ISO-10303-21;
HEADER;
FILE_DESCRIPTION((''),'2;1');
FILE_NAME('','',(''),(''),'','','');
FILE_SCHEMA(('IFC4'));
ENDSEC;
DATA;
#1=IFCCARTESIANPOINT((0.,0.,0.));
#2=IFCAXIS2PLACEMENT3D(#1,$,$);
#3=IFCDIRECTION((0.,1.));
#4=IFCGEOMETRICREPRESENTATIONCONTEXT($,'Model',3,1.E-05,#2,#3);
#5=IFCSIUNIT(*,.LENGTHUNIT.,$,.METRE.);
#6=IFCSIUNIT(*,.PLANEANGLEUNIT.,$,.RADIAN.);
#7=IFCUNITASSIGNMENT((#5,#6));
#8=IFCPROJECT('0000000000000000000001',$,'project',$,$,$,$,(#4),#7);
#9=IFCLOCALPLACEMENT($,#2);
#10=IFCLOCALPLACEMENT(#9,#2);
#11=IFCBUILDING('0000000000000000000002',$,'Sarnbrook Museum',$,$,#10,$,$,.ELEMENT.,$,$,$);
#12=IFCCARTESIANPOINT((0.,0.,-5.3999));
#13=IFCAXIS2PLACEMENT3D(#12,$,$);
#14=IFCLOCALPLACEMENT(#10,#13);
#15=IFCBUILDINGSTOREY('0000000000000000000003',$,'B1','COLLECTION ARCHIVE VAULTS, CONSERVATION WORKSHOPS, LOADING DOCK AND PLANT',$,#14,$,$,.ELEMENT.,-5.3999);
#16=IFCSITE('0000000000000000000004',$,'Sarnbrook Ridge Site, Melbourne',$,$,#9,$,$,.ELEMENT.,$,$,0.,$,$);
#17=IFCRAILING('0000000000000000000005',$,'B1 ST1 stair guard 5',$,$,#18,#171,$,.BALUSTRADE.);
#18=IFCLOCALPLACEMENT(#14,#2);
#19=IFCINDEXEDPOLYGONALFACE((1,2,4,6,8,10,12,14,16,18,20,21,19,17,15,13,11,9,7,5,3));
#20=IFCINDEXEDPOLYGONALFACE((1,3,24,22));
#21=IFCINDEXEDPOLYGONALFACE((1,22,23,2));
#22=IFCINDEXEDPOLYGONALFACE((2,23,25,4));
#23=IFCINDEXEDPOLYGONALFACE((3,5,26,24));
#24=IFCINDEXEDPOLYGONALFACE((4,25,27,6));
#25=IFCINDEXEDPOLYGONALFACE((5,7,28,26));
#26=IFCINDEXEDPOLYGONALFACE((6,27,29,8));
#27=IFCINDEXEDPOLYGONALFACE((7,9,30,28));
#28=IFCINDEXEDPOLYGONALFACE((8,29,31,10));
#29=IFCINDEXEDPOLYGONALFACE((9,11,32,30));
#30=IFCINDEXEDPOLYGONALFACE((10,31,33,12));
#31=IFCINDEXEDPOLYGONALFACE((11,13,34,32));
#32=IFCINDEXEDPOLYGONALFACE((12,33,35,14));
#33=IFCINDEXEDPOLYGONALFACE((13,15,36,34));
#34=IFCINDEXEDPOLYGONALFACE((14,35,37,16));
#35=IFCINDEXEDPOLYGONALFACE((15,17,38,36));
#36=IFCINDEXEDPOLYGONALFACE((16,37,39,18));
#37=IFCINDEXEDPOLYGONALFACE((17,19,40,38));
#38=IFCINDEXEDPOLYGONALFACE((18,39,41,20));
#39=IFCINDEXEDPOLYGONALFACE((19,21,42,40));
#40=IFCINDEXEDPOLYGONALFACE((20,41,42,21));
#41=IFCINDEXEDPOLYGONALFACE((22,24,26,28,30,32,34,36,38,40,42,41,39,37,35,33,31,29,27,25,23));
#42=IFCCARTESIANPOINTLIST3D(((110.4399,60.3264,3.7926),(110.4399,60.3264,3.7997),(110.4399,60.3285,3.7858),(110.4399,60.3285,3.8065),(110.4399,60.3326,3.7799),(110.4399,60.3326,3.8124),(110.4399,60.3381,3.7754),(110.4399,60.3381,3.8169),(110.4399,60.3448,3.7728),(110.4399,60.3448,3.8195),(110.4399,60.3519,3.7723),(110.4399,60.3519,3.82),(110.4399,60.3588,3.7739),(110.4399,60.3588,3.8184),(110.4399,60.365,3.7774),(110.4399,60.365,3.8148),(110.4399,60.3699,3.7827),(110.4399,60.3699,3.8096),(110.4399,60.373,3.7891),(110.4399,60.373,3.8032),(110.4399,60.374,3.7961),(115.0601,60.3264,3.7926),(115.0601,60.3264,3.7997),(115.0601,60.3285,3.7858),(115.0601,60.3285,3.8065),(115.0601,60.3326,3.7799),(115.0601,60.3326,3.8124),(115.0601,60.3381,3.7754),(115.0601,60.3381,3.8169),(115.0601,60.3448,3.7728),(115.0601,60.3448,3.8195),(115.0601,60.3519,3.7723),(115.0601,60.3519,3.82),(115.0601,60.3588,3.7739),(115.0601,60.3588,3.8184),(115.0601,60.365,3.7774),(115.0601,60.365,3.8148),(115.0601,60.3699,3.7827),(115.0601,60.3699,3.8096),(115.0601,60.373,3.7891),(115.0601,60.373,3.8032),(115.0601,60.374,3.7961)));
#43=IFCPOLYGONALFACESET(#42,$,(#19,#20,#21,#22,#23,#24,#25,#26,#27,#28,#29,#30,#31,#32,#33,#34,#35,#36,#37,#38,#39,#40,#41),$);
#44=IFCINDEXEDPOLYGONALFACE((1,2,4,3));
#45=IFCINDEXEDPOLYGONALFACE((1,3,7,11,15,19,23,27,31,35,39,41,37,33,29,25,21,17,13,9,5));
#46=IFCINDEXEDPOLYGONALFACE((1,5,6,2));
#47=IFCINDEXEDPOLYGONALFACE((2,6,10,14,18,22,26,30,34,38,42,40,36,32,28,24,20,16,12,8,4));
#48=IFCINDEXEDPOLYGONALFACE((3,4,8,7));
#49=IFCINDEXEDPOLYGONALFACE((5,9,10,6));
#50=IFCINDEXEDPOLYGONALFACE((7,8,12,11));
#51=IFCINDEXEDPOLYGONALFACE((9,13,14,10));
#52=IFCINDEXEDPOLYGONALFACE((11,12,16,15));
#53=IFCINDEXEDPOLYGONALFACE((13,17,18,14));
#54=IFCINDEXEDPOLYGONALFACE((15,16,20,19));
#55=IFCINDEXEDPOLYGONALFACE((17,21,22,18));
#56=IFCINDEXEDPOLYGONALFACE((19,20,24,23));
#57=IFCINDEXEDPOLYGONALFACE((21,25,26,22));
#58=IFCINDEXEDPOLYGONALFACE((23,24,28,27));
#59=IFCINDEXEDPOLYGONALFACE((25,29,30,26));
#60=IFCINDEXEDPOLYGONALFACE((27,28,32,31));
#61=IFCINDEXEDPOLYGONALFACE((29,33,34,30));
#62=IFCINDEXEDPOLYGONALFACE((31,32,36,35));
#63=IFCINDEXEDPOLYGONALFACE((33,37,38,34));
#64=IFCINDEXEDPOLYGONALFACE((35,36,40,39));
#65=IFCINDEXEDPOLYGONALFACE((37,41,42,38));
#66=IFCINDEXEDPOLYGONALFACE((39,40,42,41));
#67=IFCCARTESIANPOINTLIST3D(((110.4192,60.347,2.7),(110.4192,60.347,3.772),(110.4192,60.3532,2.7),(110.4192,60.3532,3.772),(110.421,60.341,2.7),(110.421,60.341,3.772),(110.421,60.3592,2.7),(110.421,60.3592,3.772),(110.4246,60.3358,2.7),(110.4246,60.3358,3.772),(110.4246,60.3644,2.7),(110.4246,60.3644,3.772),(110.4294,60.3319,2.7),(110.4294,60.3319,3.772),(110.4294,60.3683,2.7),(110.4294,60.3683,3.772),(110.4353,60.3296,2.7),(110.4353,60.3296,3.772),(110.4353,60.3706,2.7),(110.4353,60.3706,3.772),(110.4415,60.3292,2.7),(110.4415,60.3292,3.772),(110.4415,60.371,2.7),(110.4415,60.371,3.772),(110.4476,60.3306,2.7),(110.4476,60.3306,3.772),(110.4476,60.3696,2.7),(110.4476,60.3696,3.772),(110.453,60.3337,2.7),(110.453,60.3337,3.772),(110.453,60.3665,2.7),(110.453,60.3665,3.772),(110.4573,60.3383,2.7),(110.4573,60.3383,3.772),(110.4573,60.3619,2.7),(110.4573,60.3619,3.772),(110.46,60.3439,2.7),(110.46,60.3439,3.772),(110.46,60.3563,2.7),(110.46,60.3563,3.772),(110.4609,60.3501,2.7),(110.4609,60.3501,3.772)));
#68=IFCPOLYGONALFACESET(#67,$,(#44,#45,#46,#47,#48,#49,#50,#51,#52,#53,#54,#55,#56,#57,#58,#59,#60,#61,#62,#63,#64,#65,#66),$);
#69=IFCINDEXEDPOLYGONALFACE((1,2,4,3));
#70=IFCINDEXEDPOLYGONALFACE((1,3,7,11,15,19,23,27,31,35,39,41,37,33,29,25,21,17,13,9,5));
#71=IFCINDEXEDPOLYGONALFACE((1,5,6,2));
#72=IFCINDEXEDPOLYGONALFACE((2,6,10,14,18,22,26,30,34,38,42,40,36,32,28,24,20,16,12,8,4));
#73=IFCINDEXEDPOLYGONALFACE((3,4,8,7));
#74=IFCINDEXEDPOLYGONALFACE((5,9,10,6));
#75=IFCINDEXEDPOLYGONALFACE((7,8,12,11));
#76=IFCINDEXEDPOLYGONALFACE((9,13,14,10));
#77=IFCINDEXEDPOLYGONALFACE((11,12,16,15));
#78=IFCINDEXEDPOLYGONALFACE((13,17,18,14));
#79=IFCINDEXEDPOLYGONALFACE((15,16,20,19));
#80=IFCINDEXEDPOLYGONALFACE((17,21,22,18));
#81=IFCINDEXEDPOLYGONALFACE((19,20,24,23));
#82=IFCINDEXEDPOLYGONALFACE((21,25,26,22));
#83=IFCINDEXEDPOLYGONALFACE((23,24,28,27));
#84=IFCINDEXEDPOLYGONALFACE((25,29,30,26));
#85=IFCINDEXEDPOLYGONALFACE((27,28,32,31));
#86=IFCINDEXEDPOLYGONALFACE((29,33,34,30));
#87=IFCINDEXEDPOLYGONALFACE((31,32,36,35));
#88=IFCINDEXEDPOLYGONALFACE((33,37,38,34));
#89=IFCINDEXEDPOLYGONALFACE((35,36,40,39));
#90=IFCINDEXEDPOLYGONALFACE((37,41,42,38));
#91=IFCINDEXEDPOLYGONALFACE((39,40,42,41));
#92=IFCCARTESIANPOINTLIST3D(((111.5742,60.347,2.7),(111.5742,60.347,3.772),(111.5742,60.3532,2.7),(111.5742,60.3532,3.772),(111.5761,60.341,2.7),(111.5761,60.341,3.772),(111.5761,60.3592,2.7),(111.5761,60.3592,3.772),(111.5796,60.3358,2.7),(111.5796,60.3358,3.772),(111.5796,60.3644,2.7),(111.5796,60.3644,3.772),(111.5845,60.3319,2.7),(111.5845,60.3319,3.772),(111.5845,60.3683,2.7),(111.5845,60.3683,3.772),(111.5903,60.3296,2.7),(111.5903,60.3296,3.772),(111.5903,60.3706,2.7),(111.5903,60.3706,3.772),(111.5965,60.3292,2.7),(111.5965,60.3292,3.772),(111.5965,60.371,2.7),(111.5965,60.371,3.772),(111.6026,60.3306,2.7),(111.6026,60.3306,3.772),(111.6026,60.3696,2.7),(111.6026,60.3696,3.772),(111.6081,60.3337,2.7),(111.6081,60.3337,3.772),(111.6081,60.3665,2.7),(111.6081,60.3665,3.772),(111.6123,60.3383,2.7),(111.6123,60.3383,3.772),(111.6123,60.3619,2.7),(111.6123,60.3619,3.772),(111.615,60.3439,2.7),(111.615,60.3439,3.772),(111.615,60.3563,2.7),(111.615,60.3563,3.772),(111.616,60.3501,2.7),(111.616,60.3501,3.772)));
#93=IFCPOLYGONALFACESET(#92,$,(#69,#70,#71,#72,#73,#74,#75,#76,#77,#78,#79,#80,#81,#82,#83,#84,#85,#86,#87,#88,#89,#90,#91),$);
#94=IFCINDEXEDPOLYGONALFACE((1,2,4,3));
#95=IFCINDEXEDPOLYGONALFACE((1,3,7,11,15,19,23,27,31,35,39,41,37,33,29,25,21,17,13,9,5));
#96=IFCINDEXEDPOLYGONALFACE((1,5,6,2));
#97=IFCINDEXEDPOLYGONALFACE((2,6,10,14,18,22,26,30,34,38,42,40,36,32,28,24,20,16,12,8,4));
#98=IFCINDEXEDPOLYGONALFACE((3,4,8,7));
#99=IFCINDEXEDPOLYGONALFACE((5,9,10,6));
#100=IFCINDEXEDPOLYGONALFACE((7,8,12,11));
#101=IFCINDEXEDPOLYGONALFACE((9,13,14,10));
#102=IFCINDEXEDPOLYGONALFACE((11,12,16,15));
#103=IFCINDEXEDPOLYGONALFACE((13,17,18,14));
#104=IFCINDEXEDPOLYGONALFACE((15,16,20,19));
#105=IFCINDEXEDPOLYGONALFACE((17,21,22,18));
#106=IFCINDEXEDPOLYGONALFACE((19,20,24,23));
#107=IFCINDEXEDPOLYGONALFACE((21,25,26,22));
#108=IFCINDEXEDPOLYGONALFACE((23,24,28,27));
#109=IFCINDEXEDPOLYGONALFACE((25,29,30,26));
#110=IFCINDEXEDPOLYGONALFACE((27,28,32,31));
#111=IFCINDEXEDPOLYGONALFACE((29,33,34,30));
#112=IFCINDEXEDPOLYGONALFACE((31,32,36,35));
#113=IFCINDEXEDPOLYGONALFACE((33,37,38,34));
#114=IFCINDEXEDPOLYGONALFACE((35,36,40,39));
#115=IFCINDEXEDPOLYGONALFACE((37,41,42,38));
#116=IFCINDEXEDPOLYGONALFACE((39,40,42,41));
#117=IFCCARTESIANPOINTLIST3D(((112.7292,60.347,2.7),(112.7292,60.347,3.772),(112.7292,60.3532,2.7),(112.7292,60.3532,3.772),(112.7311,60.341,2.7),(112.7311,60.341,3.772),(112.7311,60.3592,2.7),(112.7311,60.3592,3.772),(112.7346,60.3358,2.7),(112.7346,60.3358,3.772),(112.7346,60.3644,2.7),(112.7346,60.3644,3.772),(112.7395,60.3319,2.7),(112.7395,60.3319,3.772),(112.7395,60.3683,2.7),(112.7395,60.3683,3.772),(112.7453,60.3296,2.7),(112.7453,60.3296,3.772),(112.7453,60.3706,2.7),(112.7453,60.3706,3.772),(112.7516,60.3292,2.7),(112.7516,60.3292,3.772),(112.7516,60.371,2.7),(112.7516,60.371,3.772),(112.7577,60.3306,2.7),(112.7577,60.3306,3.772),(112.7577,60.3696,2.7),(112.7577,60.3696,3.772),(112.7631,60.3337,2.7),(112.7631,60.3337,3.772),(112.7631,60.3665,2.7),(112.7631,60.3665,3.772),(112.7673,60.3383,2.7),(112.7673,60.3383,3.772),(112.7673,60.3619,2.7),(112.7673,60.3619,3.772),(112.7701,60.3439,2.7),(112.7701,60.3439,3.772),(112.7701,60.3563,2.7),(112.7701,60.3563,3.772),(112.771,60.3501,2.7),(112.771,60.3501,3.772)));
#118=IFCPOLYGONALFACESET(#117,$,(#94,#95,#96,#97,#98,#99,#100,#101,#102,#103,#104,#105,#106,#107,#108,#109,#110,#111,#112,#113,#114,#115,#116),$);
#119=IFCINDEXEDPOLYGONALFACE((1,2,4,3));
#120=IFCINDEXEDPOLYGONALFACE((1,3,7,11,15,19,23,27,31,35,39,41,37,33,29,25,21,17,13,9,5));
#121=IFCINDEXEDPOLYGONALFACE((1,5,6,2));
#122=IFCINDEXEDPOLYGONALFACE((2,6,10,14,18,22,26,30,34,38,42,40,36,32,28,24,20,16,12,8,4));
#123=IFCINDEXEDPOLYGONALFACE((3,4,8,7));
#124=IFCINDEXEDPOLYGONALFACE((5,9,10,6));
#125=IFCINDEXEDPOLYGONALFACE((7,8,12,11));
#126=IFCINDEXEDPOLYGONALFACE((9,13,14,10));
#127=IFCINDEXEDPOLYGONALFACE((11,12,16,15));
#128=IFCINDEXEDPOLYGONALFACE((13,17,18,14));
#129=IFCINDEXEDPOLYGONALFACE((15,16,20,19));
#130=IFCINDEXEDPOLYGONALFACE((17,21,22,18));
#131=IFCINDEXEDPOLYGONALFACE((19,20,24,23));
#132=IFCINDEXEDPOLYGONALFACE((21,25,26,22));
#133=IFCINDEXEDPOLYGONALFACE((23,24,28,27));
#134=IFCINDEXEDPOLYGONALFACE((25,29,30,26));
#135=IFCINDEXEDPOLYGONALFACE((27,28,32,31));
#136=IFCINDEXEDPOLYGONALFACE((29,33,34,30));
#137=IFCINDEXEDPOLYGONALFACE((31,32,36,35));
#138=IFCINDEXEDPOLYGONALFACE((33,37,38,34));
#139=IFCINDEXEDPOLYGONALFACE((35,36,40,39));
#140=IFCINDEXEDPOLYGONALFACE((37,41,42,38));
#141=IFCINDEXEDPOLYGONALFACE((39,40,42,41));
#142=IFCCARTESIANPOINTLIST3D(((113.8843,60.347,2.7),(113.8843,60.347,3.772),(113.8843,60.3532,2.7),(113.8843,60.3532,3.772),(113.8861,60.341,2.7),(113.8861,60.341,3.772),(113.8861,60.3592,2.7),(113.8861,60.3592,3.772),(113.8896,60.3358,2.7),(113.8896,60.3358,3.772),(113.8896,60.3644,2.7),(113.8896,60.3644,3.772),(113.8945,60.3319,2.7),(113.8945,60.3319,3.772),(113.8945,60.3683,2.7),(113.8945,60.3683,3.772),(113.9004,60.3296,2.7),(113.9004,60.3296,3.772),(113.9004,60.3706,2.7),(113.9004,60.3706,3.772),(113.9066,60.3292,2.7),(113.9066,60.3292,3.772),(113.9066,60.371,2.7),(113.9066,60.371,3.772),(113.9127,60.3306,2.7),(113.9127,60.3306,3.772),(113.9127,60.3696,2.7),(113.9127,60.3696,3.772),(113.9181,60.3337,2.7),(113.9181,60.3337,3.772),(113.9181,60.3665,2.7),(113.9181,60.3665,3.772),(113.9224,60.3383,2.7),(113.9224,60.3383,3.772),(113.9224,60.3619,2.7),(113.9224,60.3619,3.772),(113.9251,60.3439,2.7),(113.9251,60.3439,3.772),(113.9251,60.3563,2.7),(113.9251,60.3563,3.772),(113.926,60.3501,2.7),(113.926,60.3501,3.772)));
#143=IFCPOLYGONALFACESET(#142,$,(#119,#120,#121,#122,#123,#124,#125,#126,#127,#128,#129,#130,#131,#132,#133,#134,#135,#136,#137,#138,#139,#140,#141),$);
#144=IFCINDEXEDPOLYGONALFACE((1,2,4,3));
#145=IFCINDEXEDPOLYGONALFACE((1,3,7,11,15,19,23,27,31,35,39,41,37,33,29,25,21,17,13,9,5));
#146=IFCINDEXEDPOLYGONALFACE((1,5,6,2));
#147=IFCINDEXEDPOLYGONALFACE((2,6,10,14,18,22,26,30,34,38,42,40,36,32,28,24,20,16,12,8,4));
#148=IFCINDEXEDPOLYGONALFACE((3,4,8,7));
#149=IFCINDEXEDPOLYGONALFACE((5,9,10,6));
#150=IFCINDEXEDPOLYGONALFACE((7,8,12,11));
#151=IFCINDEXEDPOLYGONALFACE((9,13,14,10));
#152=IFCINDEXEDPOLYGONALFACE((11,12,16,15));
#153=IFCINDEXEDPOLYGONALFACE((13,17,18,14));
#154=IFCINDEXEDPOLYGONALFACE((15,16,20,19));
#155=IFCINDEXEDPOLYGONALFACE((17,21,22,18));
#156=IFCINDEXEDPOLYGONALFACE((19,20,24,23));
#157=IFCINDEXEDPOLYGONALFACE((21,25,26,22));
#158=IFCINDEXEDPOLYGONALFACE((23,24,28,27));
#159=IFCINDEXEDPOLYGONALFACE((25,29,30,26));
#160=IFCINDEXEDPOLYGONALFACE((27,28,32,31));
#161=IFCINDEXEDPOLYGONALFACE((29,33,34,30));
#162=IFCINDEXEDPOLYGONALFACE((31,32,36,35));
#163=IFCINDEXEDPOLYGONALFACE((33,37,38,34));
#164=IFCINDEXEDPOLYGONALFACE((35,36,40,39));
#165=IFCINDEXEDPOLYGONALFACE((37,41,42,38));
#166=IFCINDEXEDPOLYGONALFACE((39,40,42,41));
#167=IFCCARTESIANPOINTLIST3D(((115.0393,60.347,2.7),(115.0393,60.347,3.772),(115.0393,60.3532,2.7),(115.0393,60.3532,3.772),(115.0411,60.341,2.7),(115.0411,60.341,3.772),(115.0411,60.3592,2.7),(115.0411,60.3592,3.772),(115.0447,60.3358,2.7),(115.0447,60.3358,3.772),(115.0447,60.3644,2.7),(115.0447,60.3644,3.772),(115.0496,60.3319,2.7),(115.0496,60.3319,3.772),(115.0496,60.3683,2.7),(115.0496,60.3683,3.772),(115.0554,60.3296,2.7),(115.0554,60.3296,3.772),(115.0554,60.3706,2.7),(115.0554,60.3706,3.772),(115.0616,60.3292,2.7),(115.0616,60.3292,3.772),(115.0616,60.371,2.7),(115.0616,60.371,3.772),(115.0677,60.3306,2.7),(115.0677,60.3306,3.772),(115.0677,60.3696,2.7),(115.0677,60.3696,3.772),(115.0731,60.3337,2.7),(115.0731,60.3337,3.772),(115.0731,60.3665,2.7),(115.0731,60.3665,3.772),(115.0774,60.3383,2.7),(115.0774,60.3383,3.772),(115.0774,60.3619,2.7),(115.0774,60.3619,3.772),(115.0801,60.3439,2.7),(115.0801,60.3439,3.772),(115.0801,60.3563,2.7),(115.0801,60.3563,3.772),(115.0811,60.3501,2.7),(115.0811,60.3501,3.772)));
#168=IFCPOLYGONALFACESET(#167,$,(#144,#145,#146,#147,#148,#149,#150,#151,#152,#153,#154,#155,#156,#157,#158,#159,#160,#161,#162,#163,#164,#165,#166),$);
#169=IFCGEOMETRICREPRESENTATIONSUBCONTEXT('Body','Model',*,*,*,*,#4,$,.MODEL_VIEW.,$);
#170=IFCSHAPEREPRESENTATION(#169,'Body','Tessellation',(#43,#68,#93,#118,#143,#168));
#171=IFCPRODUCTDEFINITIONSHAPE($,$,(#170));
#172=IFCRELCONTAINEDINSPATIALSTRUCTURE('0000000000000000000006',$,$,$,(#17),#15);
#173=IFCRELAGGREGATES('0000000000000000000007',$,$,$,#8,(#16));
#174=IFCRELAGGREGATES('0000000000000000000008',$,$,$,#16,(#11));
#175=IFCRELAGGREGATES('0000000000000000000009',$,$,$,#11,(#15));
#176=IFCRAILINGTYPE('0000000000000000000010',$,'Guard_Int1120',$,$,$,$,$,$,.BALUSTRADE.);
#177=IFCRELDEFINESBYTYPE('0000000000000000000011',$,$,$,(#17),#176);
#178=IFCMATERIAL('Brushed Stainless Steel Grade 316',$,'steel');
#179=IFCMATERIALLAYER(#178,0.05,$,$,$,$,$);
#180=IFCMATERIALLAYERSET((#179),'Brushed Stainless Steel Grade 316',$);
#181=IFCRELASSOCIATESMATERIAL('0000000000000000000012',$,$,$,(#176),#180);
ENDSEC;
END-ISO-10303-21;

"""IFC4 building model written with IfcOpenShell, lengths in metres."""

from ifc_helpers import new_model, si_unit, direction, frame, origin, origin_2d, place, context, subcontext, project, spatial, circle, extrude, material, layer, layer_set, type_object, element, save


model = new_model("IFC4")

# Units and contexts
model_context = context("Model", 3, precision=1e-05, world=origin(), true_north=direction((0.0, 1.0)))
body_context = subcontext(model_context, "Body", "Model", "MODEL_VIEW")
ifc_project = project(units=[si_unit("LENGTHUNIT", "METRE"), si_unit("PLANEANGLEUNIT", "RADIAN")], contexts=[model_context])

# Site, building, storey
site_placement = place(None, origin())
site = spatial("IfcSite", under=ifc_project, at=site_placement, Name="Sarnbrook Ridge Site, Melbourne", CompositionType="ELEMENT", RefElevation=0.0)
building_placement = place(site_placement, origin())
building = spatial("IfcBuilding", under=site, at=building_placement, Name="Sarnbrook Museum", CompositionType="ELEMENT")
storey_placement = place(building_placement, frame((0.0, 0.0, -5.3999)))
storey = spatial("IfcBuildingStorey", under=building, at=storey_placement, Name="B1", Description="COLLECTION ARCHIVE VAULTS, CONSERVATION WORKSHOPS, LOADING DOCK AND PLANT", CompositionType="ELEMENT", Elevation=-5.3999)

# Shared definitions
ifc_material_1 = material(Name="Brushed Stainless Steel Grade 316", Category="steel")

# Railing
ifc_layer_1 = layer(ifc_material_1, 0.05)
ifc_layer_set_1 = layer_set([ifc_layer_1], Name="Brushed Stainless Steel Grade 316")
railing_type_1 = type_object("IfcRailingType", Name="Guard_Int1120", PredefinedType="BALUSTRADE", material=ifc_layer_set_1)
railing_1_placement = place(storey_placement, frame((110.4399, 60.3501, 2.7)))
element("IfcRailing", 1, at=railing_1_placement, inside=storey, type_object=railing_type_1, Name="B1 ST1 stair guard 5", PredefinedType="BALUSTRADE", context=body_context, shape_type="SweptSolid", body=[
    extrude(circle(Radius=0.0239, at=origin_2d()), frame((0.0, 0.0, 1.0962), z_axis=(1.0, 0.0, 0.0), x_axis=(0.0, 1.0, 0.0)), (0.0, 0.0, 1.0), 4.6201),
    extrude(circle(Radius=0.021, at=origin_2d()), origin(), (0.0, 0.0, 1.0), 1.072),
    extrude(circle(Radius=0.021, at=origin_2d()), frame((1.155, 0.0, 0.0)), (0.0, 0.0, 1.0), 1.072),
    extrude(circle(Radius=0.021, at=origin_2d()), frame((2.3101, 0.0, 0.0)), (0.0, 0.0, 1.0), 1.072),
    extrude(circle(Radius=0.021, at=origin_2d()), frame((3.4651, 0.0, 0.0)), (0.0, 0.0, 1.0), 1.072),
    extrude(circle(Radius=0.021, at=origin_2d()), frame((4.6201, 0.0, 0.0)), (0.0, 0.0, 1.0), 1.072),
])

save(model, "model.ifc")
